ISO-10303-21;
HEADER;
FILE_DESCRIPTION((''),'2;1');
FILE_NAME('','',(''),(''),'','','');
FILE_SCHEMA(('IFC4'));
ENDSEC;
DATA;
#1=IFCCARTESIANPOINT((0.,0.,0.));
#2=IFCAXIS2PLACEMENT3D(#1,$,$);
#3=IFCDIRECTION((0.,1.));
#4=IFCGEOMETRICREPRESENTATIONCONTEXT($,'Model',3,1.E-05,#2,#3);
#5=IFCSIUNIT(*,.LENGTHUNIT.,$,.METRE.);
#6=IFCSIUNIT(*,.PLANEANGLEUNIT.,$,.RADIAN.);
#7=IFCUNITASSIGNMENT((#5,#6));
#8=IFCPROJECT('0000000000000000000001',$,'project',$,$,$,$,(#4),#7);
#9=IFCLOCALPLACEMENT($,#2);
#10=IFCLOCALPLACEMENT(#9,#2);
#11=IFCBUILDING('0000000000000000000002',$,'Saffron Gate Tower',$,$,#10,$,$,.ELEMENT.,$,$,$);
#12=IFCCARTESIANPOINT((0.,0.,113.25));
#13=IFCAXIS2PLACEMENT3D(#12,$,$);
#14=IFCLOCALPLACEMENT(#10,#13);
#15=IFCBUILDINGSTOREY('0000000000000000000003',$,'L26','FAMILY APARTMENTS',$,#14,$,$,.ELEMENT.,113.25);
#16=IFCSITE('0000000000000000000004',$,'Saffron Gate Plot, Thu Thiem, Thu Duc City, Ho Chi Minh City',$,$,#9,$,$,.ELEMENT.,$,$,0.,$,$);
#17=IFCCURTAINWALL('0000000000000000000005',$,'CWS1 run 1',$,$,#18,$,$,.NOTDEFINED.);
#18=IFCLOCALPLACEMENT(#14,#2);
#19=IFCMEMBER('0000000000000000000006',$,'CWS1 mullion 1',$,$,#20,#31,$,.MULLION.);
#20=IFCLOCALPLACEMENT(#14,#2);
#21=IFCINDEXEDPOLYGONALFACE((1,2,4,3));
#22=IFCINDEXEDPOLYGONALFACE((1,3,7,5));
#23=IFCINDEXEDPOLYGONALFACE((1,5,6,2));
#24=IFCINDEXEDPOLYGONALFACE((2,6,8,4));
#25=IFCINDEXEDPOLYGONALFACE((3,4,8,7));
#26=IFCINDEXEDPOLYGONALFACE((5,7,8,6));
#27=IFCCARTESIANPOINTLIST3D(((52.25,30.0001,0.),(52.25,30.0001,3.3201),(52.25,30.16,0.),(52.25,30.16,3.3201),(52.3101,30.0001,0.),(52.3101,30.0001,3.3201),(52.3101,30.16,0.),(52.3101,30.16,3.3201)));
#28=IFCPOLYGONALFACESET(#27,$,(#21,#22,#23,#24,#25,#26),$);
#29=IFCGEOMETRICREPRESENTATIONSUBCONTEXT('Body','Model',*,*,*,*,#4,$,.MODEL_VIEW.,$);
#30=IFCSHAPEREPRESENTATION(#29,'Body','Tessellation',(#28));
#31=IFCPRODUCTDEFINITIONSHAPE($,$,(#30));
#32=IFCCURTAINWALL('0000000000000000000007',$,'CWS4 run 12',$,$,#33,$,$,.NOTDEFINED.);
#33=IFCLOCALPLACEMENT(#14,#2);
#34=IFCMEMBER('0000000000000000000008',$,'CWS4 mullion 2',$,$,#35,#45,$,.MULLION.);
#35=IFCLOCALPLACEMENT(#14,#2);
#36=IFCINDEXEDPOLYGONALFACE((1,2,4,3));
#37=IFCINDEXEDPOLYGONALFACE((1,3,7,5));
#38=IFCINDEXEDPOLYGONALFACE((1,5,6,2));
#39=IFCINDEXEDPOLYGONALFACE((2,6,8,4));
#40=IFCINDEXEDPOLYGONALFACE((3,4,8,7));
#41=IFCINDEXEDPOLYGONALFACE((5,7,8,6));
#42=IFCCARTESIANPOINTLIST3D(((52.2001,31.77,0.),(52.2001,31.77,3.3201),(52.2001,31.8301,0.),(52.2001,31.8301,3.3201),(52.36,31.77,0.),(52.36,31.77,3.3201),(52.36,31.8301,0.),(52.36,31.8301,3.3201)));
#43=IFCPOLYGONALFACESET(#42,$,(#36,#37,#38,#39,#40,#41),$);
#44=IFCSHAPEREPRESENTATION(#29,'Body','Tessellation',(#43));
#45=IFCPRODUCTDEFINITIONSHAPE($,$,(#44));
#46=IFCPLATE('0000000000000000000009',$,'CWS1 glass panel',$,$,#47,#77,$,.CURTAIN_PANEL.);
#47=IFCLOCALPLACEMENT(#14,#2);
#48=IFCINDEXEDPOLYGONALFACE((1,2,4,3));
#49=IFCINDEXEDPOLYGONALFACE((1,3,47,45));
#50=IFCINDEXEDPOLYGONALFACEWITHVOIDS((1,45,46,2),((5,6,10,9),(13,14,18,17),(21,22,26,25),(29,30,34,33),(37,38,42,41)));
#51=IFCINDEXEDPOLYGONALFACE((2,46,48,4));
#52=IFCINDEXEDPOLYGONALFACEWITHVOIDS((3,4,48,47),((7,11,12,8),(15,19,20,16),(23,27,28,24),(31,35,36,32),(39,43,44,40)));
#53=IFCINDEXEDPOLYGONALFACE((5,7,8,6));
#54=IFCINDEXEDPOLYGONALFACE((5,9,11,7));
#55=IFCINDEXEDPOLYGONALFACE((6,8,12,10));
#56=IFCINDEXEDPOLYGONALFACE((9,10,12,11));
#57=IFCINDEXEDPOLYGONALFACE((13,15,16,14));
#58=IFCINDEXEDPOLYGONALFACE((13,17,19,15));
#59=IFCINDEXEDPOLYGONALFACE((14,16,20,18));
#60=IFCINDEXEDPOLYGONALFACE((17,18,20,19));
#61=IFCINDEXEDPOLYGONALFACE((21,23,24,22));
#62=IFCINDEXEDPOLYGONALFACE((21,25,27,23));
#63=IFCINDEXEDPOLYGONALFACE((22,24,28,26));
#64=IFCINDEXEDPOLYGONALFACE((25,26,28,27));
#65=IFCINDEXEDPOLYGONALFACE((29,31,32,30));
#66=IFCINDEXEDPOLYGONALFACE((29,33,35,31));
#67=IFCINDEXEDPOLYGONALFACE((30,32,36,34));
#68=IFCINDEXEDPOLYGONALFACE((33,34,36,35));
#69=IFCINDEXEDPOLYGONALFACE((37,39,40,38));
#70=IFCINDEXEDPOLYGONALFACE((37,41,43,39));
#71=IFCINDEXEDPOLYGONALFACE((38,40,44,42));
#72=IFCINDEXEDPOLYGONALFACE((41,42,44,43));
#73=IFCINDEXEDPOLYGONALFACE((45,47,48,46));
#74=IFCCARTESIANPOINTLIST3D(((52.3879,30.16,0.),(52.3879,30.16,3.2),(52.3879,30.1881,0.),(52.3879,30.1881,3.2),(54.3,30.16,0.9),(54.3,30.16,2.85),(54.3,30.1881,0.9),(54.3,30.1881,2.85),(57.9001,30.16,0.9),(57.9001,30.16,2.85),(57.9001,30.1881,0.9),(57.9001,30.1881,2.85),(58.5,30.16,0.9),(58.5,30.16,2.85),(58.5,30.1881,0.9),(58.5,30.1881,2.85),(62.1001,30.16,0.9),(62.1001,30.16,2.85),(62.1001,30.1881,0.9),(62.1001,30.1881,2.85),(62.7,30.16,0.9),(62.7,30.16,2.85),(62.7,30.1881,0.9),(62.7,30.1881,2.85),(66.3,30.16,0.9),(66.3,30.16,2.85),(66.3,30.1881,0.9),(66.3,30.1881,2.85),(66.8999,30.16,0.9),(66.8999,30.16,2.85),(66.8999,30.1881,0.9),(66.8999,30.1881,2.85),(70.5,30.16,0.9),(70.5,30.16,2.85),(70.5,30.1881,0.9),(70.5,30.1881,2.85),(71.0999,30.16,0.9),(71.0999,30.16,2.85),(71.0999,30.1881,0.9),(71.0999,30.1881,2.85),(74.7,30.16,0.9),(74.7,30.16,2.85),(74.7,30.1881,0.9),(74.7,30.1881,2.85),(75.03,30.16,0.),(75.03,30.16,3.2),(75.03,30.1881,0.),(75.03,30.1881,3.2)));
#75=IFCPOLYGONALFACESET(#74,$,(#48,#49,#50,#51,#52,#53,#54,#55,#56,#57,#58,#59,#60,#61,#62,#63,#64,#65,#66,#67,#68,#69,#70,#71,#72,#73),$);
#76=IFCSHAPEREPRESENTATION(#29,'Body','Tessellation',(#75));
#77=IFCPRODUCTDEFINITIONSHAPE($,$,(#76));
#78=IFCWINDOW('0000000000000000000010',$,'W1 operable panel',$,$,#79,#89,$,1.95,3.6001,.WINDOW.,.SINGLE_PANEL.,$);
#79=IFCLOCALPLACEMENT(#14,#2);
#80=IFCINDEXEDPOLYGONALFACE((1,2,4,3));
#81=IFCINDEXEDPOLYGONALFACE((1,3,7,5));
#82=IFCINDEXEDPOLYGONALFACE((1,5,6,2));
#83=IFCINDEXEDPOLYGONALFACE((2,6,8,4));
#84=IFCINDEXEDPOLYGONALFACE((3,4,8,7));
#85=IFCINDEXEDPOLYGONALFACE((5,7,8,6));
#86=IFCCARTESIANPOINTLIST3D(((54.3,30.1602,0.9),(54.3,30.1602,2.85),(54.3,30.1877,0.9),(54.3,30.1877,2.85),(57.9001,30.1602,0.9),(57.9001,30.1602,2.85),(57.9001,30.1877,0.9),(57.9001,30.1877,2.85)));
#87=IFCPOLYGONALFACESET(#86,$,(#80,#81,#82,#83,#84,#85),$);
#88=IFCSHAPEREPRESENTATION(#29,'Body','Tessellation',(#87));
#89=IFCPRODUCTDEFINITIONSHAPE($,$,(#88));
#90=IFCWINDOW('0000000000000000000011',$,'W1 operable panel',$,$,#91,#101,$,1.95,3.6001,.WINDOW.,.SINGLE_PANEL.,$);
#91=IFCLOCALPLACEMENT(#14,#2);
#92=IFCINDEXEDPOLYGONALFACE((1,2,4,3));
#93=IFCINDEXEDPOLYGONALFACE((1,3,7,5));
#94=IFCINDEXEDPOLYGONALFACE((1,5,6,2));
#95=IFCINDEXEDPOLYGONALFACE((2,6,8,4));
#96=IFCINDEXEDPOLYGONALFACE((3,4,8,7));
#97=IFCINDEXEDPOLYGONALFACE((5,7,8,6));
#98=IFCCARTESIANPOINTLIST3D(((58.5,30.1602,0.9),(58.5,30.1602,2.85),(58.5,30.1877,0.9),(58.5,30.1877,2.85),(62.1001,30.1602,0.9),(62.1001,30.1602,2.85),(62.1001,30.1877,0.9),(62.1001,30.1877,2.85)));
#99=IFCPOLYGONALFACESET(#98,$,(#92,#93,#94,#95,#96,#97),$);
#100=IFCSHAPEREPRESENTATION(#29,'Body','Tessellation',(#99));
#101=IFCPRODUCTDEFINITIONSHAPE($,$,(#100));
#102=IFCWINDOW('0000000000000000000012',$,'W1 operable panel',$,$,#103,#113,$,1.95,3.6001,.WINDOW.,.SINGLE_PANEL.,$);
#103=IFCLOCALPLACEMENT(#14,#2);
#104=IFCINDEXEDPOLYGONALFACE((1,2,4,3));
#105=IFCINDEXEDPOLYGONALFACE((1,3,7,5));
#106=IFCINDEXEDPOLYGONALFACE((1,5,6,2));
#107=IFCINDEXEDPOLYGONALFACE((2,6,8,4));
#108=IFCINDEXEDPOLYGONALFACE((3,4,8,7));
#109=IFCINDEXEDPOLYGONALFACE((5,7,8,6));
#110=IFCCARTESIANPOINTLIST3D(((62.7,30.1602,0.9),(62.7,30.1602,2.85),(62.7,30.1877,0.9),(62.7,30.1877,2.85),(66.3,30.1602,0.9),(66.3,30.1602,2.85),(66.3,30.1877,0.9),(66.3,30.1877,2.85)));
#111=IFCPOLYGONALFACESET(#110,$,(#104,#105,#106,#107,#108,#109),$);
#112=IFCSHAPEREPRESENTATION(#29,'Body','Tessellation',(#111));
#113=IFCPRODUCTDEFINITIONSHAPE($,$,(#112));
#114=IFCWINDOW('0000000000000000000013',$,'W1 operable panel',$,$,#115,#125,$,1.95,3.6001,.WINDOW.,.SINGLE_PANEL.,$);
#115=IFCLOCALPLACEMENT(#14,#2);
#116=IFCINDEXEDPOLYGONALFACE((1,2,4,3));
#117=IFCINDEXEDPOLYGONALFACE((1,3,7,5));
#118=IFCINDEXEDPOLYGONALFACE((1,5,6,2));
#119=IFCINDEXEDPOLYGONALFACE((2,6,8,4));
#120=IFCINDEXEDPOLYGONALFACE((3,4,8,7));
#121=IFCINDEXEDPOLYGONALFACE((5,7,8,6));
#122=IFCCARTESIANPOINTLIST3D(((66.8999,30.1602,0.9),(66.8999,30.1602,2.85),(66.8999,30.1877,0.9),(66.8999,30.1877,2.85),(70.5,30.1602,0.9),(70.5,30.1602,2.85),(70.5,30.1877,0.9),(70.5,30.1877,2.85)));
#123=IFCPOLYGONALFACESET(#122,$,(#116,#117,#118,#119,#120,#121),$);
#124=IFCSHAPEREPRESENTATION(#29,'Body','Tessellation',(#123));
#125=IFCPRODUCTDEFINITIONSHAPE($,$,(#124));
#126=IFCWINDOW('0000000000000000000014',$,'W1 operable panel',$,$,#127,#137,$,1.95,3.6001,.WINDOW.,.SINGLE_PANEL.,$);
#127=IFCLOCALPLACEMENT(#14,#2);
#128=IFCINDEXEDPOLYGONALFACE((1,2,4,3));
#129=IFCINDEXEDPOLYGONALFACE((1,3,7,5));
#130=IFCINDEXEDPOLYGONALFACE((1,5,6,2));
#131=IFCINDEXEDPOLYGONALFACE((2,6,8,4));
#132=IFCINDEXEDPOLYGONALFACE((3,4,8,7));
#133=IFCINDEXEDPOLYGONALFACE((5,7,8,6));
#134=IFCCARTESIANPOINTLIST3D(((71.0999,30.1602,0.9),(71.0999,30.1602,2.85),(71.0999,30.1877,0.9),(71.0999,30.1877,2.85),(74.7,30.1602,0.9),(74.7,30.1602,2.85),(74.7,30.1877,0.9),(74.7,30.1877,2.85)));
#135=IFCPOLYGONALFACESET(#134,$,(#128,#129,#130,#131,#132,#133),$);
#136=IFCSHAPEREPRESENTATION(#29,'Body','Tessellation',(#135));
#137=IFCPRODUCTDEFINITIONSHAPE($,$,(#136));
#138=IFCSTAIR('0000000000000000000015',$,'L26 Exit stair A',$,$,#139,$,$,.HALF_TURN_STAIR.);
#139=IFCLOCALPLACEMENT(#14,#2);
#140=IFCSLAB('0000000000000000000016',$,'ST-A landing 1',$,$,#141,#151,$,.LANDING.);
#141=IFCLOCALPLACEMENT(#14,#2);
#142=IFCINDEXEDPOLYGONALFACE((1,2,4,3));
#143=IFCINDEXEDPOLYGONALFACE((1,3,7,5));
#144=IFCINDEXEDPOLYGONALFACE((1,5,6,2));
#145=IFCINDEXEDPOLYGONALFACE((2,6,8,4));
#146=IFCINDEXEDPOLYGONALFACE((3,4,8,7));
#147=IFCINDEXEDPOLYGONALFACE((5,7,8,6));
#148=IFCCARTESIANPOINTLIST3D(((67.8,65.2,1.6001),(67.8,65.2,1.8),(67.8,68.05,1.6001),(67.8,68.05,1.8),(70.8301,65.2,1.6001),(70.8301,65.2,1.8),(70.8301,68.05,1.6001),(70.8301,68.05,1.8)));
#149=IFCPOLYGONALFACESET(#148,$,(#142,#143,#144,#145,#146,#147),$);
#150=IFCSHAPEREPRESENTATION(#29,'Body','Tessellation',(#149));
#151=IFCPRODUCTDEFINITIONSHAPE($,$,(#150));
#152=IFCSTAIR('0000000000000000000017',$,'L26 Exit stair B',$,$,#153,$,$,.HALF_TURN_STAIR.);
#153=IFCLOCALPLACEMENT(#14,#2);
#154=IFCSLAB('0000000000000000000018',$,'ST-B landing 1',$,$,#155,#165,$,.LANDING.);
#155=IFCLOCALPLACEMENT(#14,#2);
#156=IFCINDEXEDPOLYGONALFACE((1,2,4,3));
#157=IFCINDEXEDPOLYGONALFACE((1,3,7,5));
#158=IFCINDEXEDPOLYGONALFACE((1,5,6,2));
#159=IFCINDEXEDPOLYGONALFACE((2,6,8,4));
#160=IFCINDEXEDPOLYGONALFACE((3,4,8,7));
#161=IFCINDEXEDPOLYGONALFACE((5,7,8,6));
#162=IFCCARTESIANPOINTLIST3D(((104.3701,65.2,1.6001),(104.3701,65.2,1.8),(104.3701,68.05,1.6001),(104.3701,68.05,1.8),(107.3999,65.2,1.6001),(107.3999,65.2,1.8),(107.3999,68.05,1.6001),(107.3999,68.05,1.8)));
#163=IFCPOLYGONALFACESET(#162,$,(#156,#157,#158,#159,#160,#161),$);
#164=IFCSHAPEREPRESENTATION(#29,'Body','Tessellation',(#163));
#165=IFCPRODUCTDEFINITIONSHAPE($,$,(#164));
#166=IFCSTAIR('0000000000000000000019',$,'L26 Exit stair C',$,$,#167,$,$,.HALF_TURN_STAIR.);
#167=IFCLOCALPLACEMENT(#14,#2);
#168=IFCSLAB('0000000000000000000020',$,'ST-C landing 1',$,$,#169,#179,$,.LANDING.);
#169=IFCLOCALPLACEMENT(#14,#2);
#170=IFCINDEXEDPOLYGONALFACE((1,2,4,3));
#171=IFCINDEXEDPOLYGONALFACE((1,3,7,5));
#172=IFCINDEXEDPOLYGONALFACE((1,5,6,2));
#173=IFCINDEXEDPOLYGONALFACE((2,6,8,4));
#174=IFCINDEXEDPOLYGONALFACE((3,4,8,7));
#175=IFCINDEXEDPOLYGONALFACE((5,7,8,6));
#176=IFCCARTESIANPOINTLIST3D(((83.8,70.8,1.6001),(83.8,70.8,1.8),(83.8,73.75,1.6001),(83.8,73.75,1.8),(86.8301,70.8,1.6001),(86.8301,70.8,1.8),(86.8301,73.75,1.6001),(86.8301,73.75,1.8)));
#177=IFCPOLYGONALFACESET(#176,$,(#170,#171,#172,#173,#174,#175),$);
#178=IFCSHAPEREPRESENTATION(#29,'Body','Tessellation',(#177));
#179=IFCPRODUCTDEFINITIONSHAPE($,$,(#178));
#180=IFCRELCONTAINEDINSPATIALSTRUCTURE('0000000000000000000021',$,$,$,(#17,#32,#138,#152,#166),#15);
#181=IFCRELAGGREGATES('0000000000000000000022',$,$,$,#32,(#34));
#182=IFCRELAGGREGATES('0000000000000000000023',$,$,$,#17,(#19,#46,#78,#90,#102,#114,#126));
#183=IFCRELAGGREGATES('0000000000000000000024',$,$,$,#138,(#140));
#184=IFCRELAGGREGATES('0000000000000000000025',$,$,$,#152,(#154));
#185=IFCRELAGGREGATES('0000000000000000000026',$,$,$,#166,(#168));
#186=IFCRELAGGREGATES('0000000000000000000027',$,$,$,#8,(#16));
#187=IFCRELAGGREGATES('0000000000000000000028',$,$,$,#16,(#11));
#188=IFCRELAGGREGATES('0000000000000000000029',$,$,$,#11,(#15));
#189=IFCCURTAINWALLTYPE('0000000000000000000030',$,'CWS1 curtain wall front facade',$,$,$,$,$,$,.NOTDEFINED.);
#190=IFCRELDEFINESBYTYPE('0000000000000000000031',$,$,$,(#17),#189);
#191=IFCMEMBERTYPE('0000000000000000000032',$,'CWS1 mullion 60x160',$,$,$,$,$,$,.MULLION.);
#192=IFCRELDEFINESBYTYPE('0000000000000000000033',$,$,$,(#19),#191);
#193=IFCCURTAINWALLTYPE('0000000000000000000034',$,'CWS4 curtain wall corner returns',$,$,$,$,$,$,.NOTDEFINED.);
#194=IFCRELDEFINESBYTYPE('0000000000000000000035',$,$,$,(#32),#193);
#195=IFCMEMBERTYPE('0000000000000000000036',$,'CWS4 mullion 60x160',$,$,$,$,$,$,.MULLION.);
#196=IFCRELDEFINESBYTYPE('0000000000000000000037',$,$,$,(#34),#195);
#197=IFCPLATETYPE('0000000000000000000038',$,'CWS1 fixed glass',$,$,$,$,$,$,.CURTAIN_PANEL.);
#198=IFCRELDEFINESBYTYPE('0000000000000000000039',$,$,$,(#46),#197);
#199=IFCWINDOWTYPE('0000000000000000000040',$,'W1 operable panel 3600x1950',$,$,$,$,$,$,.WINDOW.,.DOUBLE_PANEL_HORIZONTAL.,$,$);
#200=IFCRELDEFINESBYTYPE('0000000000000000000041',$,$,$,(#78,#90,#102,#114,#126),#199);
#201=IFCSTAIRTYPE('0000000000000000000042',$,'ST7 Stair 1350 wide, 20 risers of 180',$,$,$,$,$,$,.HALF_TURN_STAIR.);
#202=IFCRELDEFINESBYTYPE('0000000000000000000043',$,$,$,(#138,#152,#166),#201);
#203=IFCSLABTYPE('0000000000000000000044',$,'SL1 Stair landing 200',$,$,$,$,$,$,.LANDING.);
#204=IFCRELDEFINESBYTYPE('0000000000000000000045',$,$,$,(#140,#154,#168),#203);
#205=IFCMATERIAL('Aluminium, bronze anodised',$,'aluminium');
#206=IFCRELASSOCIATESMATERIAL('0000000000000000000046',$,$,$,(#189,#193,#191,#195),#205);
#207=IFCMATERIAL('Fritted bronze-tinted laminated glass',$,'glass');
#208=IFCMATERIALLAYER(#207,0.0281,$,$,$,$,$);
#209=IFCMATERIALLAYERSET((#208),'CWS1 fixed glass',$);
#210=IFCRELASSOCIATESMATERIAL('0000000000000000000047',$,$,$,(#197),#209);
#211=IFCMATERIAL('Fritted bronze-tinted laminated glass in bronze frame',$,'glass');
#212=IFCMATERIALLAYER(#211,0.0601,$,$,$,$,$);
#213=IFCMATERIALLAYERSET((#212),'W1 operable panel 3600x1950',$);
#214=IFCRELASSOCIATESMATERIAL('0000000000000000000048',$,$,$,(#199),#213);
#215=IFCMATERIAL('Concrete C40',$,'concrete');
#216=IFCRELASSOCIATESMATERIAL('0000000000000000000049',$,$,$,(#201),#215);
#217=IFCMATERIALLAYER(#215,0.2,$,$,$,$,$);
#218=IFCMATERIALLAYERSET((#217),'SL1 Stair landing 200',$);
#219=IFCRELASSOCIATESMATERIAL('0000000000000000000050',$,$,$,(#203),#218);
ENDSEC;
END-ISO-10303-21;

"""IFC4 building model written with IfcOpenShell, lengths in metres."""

from ifc_helpers import new_model, si_unit, direction, frame, frame_2d, origin, origin_2d, place, context, subcontext, project, spatial, polyline, rectangle, outline, extrude, material, layer, layer_set, material_profile, profile_set, type_object, element, fill, aggregate, save


model = new_model("IFC4")

# Units and contexts
model_context = context("Model", 3, precision=1e-05, world=origin(), true_north=direction((0.0, 1.0)))
body_context = subcontext(model_context, "Body", "Model", "MODEL_VIEW")
ifc_project = project(units=[si_unit("LENGTHUNIT", "METRE"), si_unit("PLANEANGLEUNIT", "RADIAN")], contexts=[model_context])

# Site, building, storey
site_placement = place(None, origin())
site = spatial("IfcSite", under=ifc_project, at=site_placement, Name="Saffron Gate Plot, Thu Thiem, Thu Duc City, Ho Chi Minh City", CompositionType="ELEMENT", RefElevation=0.0)
building_placement = place(site_placement, origin())
building = spatial("IfcBuilding", under=site, at=building_placement, Name="Saffron Gate Tower", CompositionType="ELEMENT")
storey_placement = place(building_placement, frame((0.0, 0.0, 113.25)))
storey = spatial("IfcBuildingStorey", under=building, at=storey_placement, Name="L26", Description="FAMILY APARTMENTS", CompositionType="ELEMENT", Elevation=113.25)

# Curtain walls, members
ifc_material_1 = material(Name="Aluminium, bronze anodised", Category="aluminium")
curtain_wall_type_1 = type_object("IfcCurtainWallType", Name="CWS1 curtain wall front facade", PredefinedType="NOTDEFINED", material=ifc_material_1)
curtain_wall_1_placement = place(storey_placement, origin())
curtain_wall_1 = element("IfcCurtainWall", 1, at=curtain_wall_1_placement, inside=storey, type_object=curtain_wall_type_1, Name="CWS1 run 1", PredefinedType="NOTDEFINED")
ifc_material_profile_1 = material_profile(ifc_material_1, rectangle(XDim=0.1599, YDim=0.0601, at=origin_2d()))
ifc_profile_set_1 = profile_set([ifc_material_profile_1], Name="Aluminium, bronze anodised")
member_type_1 = type_object("IfcMemberType", Name="CWS1 mullion 60x160", PredefinedType="MULLION", material=ifc_profile_set_1)
member_1_placement = place(storey_placement, frame((52.28, 30.0801, 0.0), z_axis=(0.0, 0.0, 1.0), x_axis=(0.0, 1.0, 0.0)))
member_1 = element("IfcMember", 2, at=member_1_placement, type_object=member_type_1, Name="CWS1 mullion 1", PredefinedType="MULLION", context=body_context, shape_type="SweptSolid", body=[
    extrude(rectangle(XDim=0.1599, YDim=0.0601, at=origin_2d()), origin(), (0.0, 0.0, 1.0), 3.3201),
])
curtain_wall_type_2 = type_object("IfcCurtainWallType", Name="CWS4 curtain wall corner returns", PredefinedType="NOTDEFINED", material=ifc_material_1)
curtain_wall_2_placement = place(storey_placement, origin())
curtain_wall_2 = element("IfcCurtainWall", 3, at=curtain_wall_2_placement, inside=storey, type_object=curtain_wall_type_2, Name="CWS4 run 12", PredefinedType="NOTDEFINED")
ifc_material_profile_2 = material_profile(ifc_material_1, rectangle(XDim=0.1599, YDim=0.0601, at=origin_2d()))
ifc_profile_set_2 = profile_set([ifc_material_profile_2], Name="Aluminium, bronze anodised")
member_type_2 = type_object("IfcMemberType", Name="CWS4 mullion 60x160", PredefinedType="MULLION", material=ifc_profile_set_2)
member_2_placement = place(storey_placement, frame((52.28, 31.8, 0.0), z_axis=(0.0, 0.0, 1.0), x_axis=(1.0, 0.0, 0.0)))
member_2 = element("IfcMember", 4, at=member_2_placement, type_object=member_type_2, Name="CWS4 mullion 2", PredefinedType="MULLION", context=body_context, shape_type="SweptSolid", body=[
    extrude(rectangle(XDim=0.1599, YDim=0.0601, at=origin_2d()), origin(), (0.0, 0.0, 1.0), 3.3201),
])
aggregate(curtain_wall_2, [member_2])

# Plate, openings, windows
ifc_material_2 = material(Name="Fritted bronze-tinted laminated glass", Category="glass")
ifc_layer_1 = layer(ifc_material_2, 0.0281)
ifc_layer_set_1 = layer_set([ifc_layer_1], Name="CWS1 fixed glass")
plate_type_1 = type_object("IfcPlateType", Name="CWS1 fixed glass", PredefinedType="CURTAIN_PANEL", material=ifc_layer_set_1)
plate_1_placement = place(storey_placement, frame((52.3879, 30.1741, 0.0), z_axis=(0.0, 0.0, 1.0), x_axis=(1.0, 0.0, 0.0)))
plate_1 = element("IfcPlate", 5, at=plate_1_placement, type_object=plate_type_1, Name="CWS1 glass panel", PredefinedType="CURTAIN_PANEL", context=body_context, shape_type="SweptSolid", body=[
    extrude(rectangle(XDim=22.6421, YDim=0.0281, at=frame_2d((11.321, 0.0))), origin(), (0.0, 0.0, 1.0), 3.2),
])
opening_1_placement = place(plate_1_placement, frame((1.9121, 0.0, 0.8999)))
opening_1 = element("IfcOpeningElement", 6, at=opening_1_placement, cuts=plate_1, PredefinedType="OPENING", context=body_context, shape_type="SweptSolid", body=[
    extrude(rectangle(XDim=3.6001, YDim=1.95, at=frame_2d((1.8, 0.9751))), frame((0.0, 0.0239, 0.0), z_axis=(0.0, -1.0, 0.0), x_axis=(1.0, 0.0, 0.0)), (0.0, 0.0, 1.0), 0.0481),
])
opening_2_placement = place(plate_1_placement, frame((6.1121, 0.0, 0.8999)))
opening_2 = element("IfcOpeningElement", 7, at=opening_2_placement, cuts=plate_1, PredefinedType="OPENING", context=body_context, shape_type="SweptSolid", body=[
    extrude(rectangle(XDim=3.6001, YDim=1.95, at=frame_2d((1.8, 0.9751))), frame((0.0, 0.0239, 0.0), z_axis=(0.0, -1.0, 0.0), x_axis=(1.0, 0.0, 0.0)), (0.0, 0.0, 1.0), 0.0481),
])
opening_3_placement = place(plate_1_placement, frame((10.312, 0.0, 0.8999)))
opening_3 = element("IfcOpeningElement", 8, at=opening_3_placement, cuts=plate_1, PredefinedType="OPENING", context=body_context, shape_type="SweptSolid", body=[
    extrude(rectangle(XDim=3.6001, YDim=1.95, at=frame_2d((1.8, 0.9751))), frame((0.0, 0.0239, 0.0), z_axis=(0.0, -1.0, 0.0), x_axis=(1.0, 0.0, 0.0)), (0.0, 0.0, 1.0), 0.0481),
])
opening_4_placement = place(plate_1_placement, frame((14.512, 0.0, 0.8999)))
opening_4 = element("IfcOpeningElement", 9, at=opening_4_placement, cuts=plate_1, PredefinedType="OPENING", context=body_context, shape_type="SweptSolid", body=[
    extrude(rectangle(XDim=3.6001, YDim=1.95, at=frame_2d((1.8, 0.9751))), frame((0.0, 0.0239, 0.0), z_axis=(0.0, -1.0, 0.0), x_axis=(1.0, 0.0, 0.0)), (0.0, 0.0, 1.0), 0.0481),
])
opening_5_placement = place(plate_1_placement, frame((18.7119, 0.0, 0.8999)))
opening_5 = element("IfcOpeningElement", 10, at=opening_5_placement, cuts=plate_1, PredefinedType="OPENING", context=body_context, shape_type="SweptSolid", body=[
    extrude(rectangle(XDim=3.6001, YDim=1.95, at=frame_2d((1.8, 0.9751))), frame((0.0, 0.0239, 0.0), z_axis=(0.0, -1.0, 0.0), x_axis=(1.0, 0.0, 0.0)), (0.0, 0.0, 1.0), 0.0481),
])
ifc_material_3 = material(Name="Fritted bronze-tinted laminated glass in bronze frame", Category="glass")
ifc_layer_2 = layer(ifc_material_3, 0.0601)
ifc_layer_set_2 = layer_set([ifc_layer_2], Name="W1 operable panel 3600x1950")
window_type = type_object("IfcWindowType", Name="W1 operable panel 3600x1950", PartitioningType="DOUBLE_PANEL_HORIZONTAL", PredefinedType="WINDOW", material=ifc_layer_set_2)
window_1_placement = place(opening_1_placement, origin())
window_1 = element("IfcWindow", 11, at=window_1_placement, type_object=window_type, Name="W1 operable panel", OverallHeight=1.95, OverallWidth=3.6001, PartitioningType="SINGLE_PANEL", PredefinedType="WINDOW", context=body_context, shape_type="SweptSolid", body=[
    extrude(rectangle(XDim=3.6001, YDim=1.95, at=frame_2d((1.8, 0.9751))), frame((0.0, 0.0137, 0.0), z_axis=(0.0, -1.0, 0.0), x_axis=(1.0, 0.0, 0.0)), (0.0, 0.0, 1.0), 0.0276),
])
fill(opening_1, window_1)
window_2_placement = place(opening_2_placement, origin())
window_2 = element("IfcWindow", 12, at=window_2_placement, type_object=window_type, Name="W1 operable panel", OverallHeight=1.95, OverallWidth=3.6001, PartitioningType="SINGLE_PANEL", PredefinedType="WINDOW", context=body_context, shape_type="SweptSolid", body=[
    extrude(rectangle(XDim=3.6001, YDim=1.95, at=frame_2d((1.8, 0.9751))), frame((0.0, 0.0137, 0.0), z_axis=(0.0, -1.0, 0.0), x_axis=(1.0, 0.0, 0.0)), (0.0, 0.0, 1.0), 0.0276),
])
fill(opening_2, window_2)
window_3_placement = place(opening_3_placement, origin())
window_3 = element("IfcWindow", 13, at=window_3_placement, type_object=window_type, Name="W1 operable panel", OverallHeight=1.95, OverallWidth=3.6001, PartitioningType="SINGLE_PANEL", PredefinedType="WINDOW", context=body_context, shape_type="SweptSolid", body=[
    extrude(rectangle(XDim=3.6001, YDim=1.95, at=frame_2d((1.8, 0.9751))), frame((0.0, 0.0137, 0.0), z_axis=(0.0, -1.0, 0.0), x_axis=(1.0, 0.0, 0.0)), (0.0, 0.0, 1.0), 0.0276),
])
fill(opening_3, window_3)
window_4_placement = place(opening_4_placement, origin())
window_4 = element("IfcWindow", 14, at=window_4_placement, type_object=window_type, Name="W1 operable panel", OverallHeight=1.95, OverallWidth=3.6001, PartitioningType="SINGLE_PANEL", PredefinedType="WINDOW", context=body_context, shape_type="SweptSolid", body=[
    extrude(rectangle(XDim=3.6001, YDim=1.95, at=frame_2d((1.8, 0.9751))), frame((0.0, 0.0137, 0.0), z_axis=(0.0, -1.0, 0.0), x_axis=(1.0, 0.0, 0.0)), (0.0, 0.0, 1.0), 0.0276),
])
fill(opening_4, window_4)
window_5_placement = place(opening_5_placement, origin())
window_5 = element("IfcWindow", 15, at=window_5_placement, type_object=window_type, Name="W1 operable panel", OverallHeight=1.95, OverallWidth=3.6001, PartitioningType="SINGLE_PANEL", PredefinedType="WINDOW", context=body_context, shape_type="SweptSolid", body=[
    extrude(rectangle(XDim=3.6001, YDim=1.95, at=frame_2d((1.8, 0.9751))), frame((0.0, 0.0137, 0.0), z_axis=(0.0, -1.0, 0.0), x_axis=(1.0, 0.0, 0.0)), (0.0, 0.0, 1.0), 0.0276),
])
fill(opening_5, window_5)
aggregate(curtain_wall_1, [member_1, plate_1, window_1, window_2, window_3, window_4, window_5])

# Stairs, slabs
ifc_material_4 = material(Name="Concrete C40", Category="concrete")
stair_type = type_object("IfcStairType", Name="ST7 Stair 1350 wide, 20 risers of 180", PredefinedType="HALF_TURN_STAIR", material=ifc_material_4)
stair_1_placement = place(storey_placement, origin())
stair_1 = element("IfcStair", 16, at=stair_1_placement, inside=storey, type_object=stair_type, Name="L26 Exit stair A", PredefinedType="HALF_TURN_STAIR")
ifc_layer_3 = layer(ifc_material_4, 0.2)
ifc_layer_set_3 = layer_set([ifc_layer_3], Name="SL1 Stair landing 200")
slab_type_1 = type_object("IfcSlabType", Name="SL1 Stair landing 200", PredefinedType="LANDING", material=ifc_layer_set_3)
slab_1_placement = place(storey_placement, frame((0.0, 0.0, 1.6001)))
slab_1 = element("IfcSlab", 17, at=slab_1_placement, type_object=slab_type_1, Name="ST-A landing 1", PredefinedType="LANDING", context=body_context, shape_type="SweptSolid", body=[
    extrude(outline(polyline([(70.8301, 68.05), (67.8, 68.05), (67.8, 65.2), (70.8301, 65.2), (70.8301, 68.05)])), origin(), (0.0, 0.0, 1.0), 0.2),
])
aggregate(stair_1, [slab_1])
stair_2_placement = place(storey_placement, origin())
stair_2 = element("IfcStair", 18, at=stair_2_placement, inside=storey, type_object=stair_type, Name="L26 Exit stair B", PredefinedType="HALF_TURN_STAIR")
slab_2_placement = place(storey_placement, frame((0.0, 0.0, 1.6001)))
slab_2 = element("IfcSlab", 19, at=slab_2_placement, type_object=slab_type_1, Name="ST-B landing 1", PredefinedType="LANDING", context=body_context, shape_type="SweptSolid", body=[
    extrude(outline(polyline([(104.3701, 65.2), (107.3999, 65.2), (107.3999, 68.05), (104.3701, 68.05), (104.3701, 65.2)])), origin(), (0.0, 0.0, 1.0), 0.2),
])
aggregate(stair_2, [slab_2])
stair_3_placement = place(storey_placement, origin())
stair_3 = element("IfcStair", 20, at=stair_3_placement, inside=storey, type_object=stair_type, Name="L26 Exit stair C", PredefinedType="HALF_TURN_STAIR")
slab_3_placement = place(storey_placement, frame((0.0, 0.0, 1.6001)))
slab_3 = element("IfcSlab", 21, at=slab_3_placement, type_object=slab_type_1, Name="ST-C landing 1", PredefinedType="LANDING", context=body_context, shape_type="SweptSolid", body=[
    extrude(outline(polyline([(86.8301, 73.75), (83.8, 73.75), (83.8, 70.8), (86.8301, 70.8), (86.8301, 73.75)])), origin(), (0.0, 0.0, 1.0), 0.2),
])
aggregate(stair_3, [slab_3])

save(model, "model.ifc")
